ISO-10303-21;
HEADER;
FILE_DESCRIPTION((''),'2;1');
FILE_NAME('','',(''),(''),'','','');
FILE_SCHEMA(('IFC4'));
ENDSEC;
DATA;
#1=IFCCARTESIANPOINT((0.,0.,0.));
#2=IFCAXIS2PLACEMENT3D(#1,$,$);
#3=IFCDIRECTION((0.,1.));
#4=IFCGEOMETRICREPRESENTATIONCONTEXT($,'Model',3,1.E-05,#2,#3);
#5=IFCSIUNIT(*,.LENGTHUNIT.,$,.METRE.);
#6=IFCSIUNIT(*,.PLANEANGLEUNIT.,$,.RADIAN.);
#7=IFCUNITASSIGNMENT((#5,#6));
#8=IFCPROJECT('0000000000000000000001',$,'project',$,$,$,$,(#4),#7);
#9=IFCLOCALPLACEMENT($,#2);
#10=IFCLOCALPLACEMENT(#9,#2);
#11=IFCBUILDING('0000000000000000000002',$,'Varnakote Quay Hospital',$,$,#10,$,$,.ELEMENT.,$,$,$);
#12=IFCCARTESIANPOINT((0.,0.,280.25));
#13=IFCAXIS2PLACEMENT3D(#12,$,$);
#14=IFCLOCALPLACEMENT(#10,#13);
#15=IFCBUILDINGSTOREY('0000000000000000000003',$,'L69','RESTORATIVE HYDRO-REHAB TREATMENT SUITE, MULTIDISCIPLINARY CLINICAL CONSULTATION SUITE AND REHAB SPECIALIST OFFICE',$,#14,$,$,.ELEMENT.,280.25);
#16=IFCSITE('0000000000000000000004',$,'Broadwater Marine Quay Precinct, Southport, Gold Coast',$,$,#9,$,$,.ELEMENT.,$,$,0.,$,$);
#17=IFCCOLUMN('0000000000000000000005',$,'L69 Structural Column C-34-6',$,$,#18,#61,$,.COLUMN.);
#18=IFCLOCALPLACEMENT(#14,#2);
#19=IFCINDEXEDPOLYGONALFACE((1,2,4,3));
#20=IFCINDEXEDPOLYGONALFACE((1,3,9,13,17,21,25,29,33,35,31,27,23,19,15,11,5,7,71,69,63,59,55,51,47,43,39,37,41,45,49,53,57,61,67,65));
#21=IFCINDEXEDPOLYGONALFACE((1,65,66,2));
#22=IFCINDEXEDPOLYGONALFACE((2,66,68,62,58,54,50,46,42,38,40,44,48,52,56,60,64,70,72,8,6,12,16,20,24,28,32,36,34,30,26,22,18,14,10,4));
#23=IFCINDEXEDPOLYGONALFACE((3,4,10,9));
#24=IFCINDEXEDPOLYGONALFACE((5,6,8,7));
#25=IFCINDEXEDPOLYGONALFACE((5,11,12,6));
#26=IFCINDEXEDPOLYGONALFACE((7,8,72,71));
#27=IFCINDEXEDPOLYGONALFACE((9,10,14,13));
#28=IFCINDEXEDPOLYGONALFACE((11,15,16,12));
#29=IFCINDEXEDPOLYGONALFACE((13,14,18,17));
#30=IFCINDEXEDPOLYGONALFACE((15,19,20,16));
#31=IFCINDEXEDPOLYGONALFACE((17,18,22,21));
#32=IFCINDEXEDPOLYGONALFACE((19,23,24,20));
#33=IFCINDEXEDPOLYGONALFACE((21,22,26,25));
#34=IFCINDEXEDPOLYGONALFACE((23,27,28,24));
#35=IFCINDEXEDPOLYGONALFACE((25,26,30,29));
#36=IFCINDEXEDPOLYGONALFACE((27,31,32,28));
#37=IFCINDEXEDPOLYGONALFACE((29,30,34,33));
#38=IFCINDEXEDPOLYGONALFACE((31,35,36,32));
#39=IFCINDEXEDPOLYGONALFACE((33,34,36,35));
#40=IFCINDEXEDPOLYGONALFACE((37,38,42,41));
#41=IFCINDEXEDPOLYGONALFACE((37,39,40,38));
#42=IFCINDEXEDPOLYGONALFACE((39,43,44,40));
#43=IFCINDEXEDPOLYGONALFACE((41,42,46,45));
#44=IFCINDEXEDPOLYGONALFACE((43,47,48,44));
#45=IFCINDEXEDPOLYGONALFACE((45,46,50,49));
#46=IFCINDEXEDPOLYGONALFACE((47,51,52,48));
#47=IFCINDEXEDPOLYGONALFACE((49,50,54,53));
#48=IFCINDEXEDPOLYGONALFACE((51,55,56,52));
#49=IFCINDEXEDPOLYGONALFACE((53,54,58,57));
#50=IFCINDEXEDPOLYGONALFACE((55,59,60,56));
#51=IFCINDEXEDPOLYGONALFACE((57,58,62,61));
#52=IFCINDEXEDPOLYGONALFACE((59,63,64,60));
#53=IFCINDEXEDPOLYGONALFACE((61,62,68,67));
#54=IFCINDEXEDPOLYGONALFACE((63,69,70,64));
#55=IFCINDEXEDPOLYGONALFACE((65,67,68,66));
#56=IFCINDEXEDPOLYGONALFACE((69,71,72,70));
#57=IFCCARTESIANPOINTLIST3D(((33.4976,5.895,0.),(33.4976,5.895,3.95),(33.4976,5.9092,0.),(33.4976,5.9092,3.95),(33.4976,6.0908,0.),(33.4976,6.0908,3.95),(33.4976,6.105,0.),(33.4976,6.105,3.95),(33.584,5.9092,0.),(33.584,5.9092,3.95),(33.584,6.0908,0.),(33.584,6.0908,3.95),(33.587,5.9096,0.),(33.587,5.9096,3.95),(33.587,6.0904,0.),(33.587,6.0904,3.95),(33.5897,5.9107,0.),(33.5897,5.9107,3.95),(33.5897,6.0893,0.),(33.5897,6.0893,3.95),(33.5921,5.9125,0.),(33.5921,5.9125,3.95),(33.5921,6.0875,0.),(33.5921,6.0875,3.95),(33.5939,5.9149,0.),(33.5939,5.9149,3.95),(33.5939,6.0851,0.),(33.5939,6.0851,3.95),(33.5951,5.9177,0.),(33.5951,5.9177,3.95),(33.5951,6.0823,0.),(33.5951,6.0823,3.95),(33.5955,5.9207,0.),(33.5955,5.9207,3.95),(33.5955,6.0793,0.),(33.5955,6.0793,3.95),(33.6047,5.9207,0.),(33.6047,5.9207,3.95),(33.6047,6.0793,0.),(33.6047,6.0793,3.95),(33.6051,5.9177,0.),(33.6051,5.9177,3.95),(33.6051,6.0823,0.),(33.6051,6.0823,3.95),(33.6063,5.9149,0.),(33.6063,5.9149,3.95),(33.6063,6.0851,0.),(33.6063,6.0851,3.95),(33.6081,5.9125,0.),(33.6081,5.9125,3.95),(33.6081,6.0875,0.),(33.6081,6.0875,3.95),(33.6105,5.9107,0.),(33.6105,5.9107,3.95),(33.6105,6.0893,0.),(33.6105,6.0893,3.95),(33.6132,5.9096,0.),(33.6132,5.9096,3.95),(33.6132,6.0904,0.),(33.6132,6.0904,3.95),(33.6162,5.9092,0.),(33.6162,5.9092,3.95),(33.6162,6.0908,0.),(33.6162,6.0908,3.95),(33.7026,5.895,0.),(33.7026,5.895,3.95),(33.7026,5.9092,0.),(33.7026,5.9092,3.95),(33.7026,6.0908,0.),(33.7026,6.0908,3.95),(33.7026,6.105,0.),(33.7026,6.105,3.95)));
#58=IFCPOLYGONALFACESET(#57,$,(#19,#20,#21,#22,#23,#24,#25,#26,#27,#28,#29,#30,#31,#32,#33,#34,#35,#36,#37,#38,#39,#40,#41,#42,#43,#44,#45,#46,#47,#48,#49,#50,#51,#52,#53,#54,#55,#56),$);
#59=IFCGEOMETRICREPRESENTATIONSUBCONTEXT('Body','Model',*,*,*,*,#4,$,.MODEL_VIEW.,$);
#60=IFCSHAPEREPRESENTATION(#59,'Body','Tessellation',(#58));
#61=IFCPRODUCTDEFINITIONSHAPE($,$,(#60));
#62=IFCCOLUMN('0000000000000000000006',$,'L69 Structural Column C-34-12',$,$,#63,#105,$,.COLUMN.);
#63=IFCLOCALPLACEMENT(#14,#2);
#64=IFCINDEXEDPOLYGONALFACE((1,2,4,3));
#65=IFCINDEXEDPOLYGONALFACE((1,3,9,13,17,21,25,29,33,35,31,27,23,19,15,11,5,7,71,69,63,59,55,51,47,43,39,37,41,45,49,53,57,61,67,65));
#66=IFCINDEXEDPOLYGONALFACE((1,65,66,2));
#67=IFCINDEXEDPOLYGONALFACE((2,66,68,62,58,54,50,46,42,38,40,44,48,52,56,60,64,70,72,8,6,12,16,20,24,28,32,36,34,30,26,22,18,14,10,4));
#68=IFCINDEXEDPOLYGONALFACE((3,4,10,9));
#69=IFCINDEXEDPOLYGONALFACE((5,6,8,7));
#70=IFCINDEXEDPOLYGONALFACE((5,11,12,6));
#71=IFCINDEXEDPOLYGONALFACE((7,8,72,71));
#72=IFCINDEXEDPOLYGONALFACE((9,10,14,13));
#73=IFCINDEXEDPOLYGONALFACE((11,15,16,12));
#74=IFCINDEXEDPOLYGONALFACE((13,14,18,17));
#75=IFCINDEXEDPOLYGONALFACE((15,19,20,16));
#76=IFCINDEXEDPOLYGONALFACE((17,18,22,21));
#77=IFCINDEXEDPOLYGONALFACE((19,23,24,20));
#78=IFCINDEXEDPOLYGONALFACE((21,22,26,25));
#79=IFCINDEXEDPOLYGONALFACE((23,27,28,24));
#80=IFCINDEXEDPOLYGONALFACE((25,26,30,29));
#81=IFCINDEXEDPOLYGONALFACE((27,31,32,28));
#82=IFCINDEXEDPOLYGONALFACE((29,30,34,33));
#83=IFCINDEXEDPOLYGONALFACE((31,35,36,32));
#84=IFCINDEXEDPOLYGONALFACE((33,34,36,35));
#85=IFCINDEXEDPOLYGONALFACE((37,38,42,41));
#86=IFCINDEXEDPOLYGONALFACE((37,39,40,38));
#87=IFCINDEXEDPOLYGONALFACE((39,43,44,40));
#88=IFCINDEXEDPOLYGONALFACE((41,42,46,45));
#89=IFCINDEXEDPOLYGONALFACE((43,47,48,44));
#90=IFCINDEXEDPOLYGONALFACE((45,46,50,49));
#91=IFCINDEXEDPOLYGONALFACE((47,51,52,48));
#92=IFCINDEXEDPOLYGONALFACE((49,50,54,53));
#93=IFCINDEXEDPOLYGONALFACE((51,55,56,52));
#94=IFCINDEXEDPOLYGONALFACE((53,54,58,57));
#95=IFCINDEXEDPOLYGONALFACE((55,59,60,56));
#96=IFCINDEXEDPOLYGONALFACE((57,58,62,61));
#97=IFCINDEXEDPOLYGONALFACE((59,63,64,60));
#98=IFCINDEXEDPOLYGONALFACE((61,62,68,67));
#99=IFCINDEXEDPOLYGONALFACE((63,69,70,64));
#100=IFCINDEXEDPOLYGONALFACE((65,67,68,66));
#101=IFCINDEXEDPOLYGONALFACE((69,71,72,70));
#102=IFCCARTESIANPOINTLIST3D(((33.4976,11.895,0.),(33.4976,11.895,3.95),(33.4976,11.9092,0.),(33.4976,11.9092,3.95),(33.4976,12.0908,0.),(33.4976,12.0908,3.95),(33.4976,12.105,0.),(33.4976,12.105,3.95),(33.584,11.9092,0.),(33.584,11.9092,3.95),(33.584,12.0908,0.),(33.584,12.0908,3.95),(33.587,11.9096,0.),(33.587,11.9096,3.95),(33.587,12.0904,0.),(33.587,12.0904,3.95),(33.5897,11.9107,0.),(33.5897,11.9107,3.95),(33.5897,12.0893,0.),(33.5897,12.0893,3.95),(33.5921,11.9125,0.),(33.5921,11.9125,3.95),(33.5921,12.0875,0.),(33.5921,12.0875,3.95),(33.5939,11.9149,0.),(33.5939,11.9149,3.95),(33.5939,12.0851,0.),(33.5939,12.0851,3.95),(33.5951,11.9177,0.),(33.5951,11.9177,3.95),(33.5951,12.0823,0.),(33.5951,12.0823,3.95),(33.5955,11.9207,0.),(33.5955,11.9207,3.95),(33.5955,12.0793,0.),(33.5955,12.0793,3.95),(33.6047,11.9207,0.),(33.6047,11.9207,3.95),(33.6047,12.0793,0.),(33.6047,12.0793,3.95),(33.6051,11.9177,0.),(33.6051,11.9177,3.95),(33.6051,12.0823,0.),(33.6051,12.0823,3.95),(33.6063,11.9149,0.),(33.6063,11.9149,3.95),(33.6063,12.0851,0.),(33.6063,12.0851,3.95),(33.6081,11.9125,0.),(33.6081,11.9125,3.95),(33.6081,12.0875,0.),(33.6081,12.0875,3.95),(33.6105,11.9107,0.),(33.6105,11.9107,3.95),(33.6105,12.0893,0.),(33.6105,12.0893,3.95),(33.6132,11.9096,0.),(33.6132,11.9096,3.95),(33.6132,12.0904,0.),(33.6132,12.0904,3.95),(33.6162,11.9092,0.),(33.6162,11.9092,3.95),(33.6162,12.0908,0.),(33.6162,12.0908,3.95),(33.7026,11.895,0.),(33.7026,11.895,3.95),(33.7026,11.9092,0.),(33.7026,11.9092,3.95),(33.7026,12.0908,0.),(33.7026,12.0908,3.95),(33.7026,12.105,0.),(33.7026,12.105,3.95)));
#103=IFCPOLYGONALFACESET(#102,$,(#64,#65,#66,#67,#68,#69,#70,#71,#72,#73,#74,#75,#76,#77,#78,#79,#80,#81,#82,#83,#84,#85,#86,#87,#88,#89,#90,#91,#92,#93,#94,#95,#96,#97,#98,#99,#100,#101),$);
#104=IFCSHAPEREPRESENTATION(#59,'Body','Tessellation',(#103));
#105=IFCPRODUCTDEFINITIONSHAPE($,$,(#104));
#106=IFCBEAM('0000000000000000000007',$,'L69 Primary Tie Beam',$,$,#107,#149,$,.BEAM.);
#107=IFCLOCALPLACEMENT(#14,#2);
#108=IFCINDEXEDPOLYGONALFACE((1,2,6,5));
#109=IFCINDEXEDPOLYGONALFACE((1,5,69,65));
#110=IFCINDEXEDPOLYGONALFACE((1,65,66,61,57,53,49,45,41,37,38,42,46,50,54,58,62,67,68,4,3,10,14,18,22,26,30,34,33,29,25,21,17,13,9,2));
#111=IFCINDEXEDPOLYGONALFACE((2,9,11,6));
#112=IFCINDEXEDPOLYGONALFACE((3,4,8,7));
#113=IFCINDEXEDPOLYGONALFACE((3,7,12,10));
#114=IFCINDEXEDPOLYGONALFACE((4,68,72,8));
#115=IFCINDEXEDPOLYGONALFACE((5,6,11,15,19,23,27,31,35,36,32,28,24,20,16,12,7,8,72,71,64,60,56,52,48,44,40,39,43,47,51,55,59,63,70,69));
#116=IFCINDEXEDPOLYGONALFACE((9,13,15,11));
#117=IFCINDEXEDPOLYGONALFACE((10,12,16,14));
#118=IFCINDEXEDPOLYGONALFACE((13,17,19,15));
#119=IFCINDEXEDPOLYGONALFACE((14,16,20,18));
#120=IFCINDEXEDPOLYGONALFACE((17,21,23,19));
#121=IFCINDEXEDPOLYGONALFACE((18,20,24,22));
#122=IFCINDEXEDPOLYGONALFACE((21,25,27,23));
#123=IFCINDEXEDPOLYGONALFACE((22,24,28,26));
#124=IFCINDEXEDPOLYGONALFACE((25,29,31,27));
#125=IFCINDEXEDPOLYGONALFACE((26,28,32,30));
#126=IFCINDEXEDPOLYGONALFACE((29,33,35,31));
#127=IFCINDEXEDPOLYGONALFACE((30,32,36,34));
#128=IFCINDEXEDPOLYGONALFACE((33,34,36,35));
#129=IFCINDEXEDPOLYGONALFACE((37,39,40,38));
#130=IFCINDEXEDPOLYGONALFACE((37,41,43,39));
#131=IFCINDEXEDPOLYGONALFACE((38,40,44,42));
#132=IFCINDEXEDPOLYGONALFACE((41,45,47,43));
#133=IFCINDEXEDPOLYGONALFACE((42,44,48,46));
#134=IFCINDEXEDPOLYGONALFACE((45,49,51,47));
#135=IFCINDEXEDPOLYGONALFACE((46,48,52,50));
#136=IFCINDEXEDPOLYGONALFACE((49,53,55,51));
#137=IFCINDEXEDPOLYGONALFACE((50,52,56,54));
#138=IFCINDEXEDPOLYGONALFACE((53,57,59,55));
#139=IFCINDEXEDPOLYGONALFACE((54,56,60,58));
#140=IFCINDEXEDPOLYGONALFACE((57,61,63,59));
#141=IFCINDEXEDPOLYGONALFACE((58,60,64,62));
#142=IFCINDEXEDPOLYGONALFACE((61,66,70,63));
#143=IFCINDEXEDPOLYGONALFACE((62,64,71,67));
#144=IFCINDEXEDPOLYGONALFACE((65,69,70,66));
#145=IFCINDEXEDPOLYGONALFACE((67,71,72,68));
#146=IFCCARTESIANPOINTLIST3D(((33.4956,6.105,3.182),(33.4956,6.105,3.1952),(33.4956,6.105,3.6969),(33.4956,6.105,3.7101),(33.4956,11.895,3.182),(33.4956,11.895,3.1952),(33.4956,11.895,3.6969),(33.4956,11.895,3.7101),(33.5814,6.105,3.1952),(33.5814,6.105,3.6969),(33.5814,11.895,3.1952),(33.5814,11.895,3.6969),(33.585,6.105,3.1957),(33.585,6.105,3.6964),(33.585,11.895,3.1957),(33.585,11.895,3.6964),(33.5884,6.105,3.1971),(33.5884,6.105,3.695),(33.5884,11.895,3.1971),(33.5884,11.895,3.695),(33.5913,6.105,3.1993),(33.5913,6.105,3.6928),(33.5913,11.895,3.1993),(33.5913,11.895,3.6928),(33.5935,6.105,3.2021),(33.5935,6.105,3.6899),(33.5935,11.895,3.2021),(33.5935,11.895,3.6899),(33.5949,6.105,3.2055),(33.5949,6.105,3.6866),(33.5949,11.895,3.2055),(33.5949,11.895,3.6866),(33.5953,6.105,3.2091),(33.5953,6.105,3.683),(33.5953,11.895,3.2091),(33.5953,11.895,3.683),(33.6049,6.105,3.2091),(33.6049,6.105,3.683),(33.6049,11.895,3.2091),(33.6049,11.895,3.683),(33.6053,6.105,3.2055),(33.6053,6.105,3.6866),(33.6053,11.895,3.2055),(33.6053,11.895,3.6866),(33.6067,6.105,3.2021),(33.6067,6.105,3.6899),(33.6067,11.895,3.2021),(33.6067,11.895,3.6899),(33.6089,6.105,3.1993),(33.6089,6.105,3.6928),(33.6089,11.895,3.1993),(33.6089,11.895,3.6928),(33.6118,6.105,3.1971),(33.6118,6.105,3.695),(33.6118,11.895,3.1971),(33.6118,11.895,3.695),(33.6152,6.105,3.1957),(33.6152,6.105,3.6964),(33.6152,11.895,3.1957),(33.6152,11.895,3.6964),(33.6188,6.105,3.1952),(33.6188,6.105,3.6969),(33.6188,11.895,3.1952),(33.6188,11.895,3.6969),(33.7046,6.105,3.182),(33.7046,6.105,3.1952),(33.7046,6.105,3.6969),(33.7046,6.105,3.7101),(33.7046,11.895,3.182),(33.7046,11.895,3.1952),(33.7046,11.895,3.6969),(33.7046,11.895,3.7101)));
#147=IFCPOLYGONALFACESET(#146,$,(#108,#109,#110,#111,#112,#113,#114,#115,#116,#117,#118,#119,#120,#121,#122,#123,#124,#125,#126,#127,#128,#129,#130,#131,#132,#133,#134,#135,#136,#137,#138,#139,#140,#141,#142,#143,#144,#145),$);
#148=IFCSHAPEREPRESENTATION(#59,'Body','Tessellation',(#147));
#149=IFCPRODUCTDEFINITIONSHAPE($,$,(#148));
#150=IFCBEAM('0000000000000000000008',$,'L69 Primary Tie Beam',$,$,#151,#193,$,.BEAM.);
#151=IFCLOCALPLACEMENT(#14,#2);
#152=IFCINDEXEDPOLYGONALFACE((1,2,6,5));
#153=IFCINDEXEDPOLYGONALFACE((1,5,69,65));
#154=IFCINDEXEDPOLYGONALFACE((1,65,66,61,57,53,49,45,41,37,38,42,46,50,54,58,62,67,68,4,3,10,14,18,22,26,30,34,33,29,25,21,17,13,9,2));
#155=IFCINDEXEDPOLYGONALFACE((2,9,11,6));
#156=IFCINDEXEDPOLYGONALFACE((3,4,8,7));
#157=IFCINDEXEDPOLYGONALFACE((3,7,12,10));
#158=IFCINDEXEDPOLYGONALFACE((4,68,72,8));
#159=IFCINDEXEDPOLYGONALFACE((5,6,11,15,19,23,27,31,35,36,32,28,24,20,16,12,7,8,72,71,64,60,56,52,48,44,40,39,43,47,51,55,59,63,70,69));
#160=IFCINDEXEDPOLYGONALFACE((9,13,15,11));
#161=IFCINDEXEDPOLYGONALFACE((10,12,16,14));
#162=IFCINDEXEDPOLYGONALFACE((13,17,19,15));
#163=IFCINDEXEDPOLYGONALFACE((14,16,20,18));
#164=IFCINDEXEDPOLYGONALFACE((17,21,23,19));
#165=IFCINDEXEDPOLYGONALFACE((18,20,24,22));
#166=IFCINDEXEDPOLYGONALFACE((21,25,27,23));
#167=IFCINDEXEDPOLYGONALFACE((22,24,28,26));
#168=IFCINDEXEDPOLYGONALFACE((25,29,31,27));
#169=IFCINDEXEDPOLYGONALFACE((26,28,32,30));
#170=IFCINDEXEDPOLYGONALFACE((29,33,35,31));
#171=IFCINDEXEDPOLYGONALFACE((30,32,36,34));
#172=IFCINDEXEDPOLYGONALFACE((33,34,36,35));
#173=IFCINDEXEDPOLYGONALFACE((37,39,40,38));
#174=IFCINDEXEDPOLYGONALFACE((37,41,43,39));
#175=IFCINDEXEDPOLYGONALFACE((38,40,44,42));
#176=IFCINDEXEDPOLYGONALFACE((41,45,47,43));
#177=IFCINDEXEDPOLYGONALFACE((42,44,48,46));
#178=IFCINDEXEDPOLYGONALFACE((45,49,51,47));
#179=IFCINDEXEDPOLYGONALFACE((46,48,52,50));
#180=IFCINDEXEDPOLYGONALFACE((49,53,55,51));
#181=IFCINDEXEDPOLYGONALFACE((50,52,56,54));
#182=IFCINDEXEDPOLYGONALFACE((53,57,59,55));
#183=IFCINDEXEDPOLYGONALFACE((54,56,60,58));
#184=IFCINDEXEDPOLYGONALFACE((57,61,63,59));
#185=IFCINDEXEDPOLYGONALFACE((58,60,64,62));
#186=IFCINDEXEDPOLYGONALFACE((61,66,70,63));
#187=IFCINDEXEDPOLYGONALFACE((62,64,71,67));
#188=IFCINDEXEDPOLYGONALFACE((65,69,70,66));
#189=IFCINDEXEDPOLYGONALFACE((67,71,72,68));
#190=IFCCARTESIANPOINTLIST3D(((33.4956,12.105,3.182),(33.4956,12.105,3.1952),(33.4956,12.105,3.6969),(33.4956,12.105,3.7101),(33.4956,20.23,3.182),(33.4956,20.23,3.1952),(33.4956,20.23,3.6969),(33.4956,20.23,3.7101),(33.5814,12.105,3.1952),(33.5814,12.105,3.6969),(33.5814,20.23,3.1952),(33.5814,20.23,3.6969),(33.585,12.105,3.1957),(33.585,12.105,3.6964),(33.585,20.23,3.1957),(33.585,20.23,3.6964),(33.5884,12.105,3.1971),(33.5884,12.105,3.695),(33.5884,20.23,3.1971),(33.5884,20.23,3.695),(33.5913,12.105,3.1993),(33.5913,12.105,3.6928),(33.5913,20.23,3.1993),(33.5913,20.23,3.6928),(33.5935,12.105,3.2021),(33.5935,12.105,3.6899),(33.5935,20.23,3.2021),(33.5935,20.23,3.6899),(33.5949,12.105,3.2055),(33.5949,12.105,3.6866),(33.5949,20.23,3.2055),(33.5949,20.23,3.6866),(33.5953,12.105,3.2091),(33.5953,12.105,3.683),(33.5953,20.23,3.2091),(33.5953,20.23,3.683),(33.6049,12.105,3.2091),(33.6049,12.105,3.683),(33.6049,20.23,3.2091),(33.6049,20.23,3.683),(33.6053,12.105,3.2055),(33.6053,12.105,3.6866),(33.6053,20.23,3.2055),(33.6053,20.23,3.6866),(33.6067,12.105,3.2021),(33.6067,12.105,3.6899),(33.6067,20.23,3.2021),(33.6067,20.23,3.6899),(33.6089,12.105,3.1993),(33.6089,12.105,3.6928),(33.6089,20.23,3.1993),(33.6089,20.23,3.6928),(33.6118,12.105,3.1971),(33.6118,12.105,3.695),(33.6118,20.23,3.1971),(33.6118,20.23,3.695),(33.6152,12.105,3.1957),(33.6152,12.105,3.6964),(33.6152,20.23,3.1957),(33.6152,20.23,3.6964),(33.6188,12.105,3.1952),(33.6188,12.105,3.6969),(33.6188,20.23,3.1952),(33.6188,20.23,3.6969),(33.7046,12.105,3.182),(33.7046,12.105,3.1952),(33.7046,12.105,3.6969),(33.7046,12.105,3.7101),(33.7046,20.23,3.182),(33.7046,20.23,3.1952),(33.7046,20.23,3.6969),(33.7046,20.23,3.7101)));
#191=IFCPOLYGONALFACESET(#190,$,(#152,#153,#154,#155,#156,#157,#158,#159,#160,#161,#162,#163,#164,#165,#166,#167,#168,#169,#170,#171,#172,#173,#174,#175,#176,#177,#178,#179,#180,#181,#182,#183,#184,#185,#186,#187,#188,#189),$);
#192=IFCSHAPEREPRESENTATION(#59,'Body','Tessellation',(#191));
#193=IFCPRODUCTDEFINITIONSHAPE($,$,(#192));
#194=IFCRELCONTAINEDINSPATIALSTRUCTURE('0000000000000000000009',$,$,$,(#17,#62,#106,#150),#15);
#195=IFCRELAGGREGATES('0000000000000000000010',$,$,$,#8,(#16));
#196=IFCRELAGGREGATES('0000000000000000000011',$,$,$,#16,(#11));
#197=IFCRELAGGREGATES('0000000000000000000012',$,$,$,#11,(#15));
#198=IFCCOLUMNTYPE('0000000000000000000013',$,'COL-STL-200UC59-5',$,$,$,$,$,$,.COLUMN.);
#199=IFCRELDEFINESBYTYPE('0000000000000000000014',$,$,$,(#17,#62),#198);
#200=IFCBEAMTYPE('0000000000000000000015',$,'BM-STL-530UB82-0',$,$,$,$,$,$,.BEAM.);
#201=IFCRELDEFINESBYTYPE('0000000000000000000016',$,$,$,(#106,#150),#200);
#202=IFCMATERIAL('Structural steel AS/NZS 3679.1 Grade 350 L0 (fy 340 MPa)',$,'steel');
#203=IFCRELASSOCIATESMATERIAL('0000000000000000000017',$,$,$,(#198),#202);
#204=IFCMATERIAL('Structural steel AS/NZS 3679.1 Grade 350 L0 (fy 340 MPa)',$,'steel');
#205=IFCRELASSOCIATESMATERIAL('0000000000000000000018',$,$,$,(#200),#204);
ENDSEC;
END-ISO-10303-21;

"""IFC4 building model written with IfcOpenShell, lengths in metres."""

from ifc_helpers import new_model, si_unit, direction, frame, origin, origin_2d, place, context, subcontext, project, spatial, i_section, extrude, material, material_profile, profile_set, type_object, element, save


model = new_model("IFC4")

# Units and contexts
model_context = context("Model", 3, precision=1e-05, world=origin(), true_north=direction((0.0, 1.0)))
body_context = subcontext(model_context, "Body", "Model", "MODEL_VIEW")
ifc_project = project(units=[si_unit("LENGTHUNIT", "METRE"), si_unit("PLANEANGLEUNIT", "RADIAN")], contexts=[model_context])

# Site, building, storey
site_placement = place(None, origin())
site = spatial("IfcSite", under=ifc_project, at=site_placement, Name="Broadwater Marine Quay Precinct, Southport, Gold Coast", CompositionType="ELEMENT", RefElevation=0.0)
building_placement = place(site_placement, origin())
building = spatial("IfcBuilding", under=site, at=building_placement, Name="Varnakote Quay Hospital", CompositionType="ELEMENT")
storey_placement = place(building_placement, frame((0.0, 0.0, 280.25)))
storey = spatial("IfcBuildingStorey", under=building, at=storey_placement, Name="L69", Description="RESTORATIVE HYDRO-REHAB TREATMENT SUITE, MULTIDISCIPLINARY CLINICAL CONSULTATION SUITE AND REHAB SPECIALIST OFFICE", CompositionType="ELEMENT", Elevation=280.25)

# Columns
ifc_material_1 = material(Name="Structural steel AS/NZS 3679.1 Grade 350 L0 (fy 340 MPa)", Category="steel")
ifc_material_profile_1 = material_profile(ifc_material_1, i_section(OverallWidth=0.2051, OverallDepth=0.21, WebThickness=0.0093, FlangeThickness=0.0142, FilletRadius=0.0115, at=origin_2d()), Name="200UC59.5")
ifc_profile_set_1 = profile_set([ifc_material_profile_1], Name="Structural steel AS/NZS 3679.1 Grade 350 L0 (fy 340 MPa)")
column_type = type_object("IfcColumnType", Name="COL-STL-200UC59-5", PredefinedType="COLUMN", material=ifc_profile_set_1)
for number, where, z_axis, x_axis, name in (
    (1, (33.6001, 6.0, 0.0), (0.0, 0.0, 1.0), (1.0, 0.0, 0.0), "L69 Structural Column C-34-6"),
    (2, (33.6001, 12.0, 0.0), (0.0, 0.0, 1.0), (1.0, 0.0, 0.0), "L69 Structural Column C-34-12"),
):
    element("IfcColumn", number, at=place(storey_placement, frame(where, z_axis=z_axis, x_axis=x_axis)), inside=storey, type_object=column_type, Name=name, PredefinedType="COLUMN", context=body_context, shape_type="SweptSolid", body=[
        extrude(i_section(OverallWidth=0.2051, OverallDepth=0.21, WebThickness=0.0093, FlangeThickness=0.0142, FilletRadius=0.0115, at=origin_2d()), origin(), (0.0, 0.0, 1.0), 3.95),
    ])

# Beams
ifc_material_2 = material(Name="Structural steel AS/NZS 3679.1 Grade 350 L0 (fy 340 MPa)", Category="steel")
ifc_material_profile_2 = material_profile(ifc_material_2, i_section(OverallWidth=0.209, OverallDepth=0.5281, WebThickness=0.0095, FlangeThickness=0.0132, FilletRadius=0.0139, at=origin_2d()), Name="530UB82.0")
ifc_profile_set_2 = profile_set([ifc_material_profile_2], Name="Structural steel AS/NZS 3679.1 Grade 350 L0 (fy 340 MPa)")
beam_type = type_object("IfcBeamType", Name="BM-STL-530UB82-0", PredefinedType="BEAM", material=ifc_profile_set_2)
beam_1_placement = place(storey_placement, frame((33.6001, 6.105, 3.446), z_axis=(0.0, 1.0, 0.0), x_axis=(-1.0, 0.0, 0.0)))
element("IfcBeam", 3, at=beam_1_placement, inside=storey, type_object=beam_type, Name="L69 Primary Tie Beam", PredefinedType="BEAM", context=body_context, shape_type="SweptSolid", body=[
    extrude(i_section(OverallWidth=0.209, OverallDepth=0.5281, WebThickness=0.0095, FlangeThickness=0.0132, FilletRadius=0.0139, at=origin_2d()), origin(), (0.0, 0.0, 1.0), 5.79),
])
beam_2_placement = place(storey_placement, frame((33.6001, 12.105, 3.446), z_axis=(0.0, 1.0, 0.0), x_axis=(-1.0, 0.0, 0.0)))
element("IfcBeam", 4, at=beam_2_placement, inside=storey, type_object=beam_type, Name="L69 Primary Tie Beam", PredefinedType="BEAM", context=body_context, shape_type="SweptSolid", body=[
    extrude(i_section(OverallWidth=0.209, OverallDepth=0.5281, WebThickness=0.0095, FlangeThickness=0.0132, FilletRadius=0.0139, at=origin_2d()), origin(), (0.0, 0.0, 1.0), 8.125),
])

save(model, "model.ifc")
